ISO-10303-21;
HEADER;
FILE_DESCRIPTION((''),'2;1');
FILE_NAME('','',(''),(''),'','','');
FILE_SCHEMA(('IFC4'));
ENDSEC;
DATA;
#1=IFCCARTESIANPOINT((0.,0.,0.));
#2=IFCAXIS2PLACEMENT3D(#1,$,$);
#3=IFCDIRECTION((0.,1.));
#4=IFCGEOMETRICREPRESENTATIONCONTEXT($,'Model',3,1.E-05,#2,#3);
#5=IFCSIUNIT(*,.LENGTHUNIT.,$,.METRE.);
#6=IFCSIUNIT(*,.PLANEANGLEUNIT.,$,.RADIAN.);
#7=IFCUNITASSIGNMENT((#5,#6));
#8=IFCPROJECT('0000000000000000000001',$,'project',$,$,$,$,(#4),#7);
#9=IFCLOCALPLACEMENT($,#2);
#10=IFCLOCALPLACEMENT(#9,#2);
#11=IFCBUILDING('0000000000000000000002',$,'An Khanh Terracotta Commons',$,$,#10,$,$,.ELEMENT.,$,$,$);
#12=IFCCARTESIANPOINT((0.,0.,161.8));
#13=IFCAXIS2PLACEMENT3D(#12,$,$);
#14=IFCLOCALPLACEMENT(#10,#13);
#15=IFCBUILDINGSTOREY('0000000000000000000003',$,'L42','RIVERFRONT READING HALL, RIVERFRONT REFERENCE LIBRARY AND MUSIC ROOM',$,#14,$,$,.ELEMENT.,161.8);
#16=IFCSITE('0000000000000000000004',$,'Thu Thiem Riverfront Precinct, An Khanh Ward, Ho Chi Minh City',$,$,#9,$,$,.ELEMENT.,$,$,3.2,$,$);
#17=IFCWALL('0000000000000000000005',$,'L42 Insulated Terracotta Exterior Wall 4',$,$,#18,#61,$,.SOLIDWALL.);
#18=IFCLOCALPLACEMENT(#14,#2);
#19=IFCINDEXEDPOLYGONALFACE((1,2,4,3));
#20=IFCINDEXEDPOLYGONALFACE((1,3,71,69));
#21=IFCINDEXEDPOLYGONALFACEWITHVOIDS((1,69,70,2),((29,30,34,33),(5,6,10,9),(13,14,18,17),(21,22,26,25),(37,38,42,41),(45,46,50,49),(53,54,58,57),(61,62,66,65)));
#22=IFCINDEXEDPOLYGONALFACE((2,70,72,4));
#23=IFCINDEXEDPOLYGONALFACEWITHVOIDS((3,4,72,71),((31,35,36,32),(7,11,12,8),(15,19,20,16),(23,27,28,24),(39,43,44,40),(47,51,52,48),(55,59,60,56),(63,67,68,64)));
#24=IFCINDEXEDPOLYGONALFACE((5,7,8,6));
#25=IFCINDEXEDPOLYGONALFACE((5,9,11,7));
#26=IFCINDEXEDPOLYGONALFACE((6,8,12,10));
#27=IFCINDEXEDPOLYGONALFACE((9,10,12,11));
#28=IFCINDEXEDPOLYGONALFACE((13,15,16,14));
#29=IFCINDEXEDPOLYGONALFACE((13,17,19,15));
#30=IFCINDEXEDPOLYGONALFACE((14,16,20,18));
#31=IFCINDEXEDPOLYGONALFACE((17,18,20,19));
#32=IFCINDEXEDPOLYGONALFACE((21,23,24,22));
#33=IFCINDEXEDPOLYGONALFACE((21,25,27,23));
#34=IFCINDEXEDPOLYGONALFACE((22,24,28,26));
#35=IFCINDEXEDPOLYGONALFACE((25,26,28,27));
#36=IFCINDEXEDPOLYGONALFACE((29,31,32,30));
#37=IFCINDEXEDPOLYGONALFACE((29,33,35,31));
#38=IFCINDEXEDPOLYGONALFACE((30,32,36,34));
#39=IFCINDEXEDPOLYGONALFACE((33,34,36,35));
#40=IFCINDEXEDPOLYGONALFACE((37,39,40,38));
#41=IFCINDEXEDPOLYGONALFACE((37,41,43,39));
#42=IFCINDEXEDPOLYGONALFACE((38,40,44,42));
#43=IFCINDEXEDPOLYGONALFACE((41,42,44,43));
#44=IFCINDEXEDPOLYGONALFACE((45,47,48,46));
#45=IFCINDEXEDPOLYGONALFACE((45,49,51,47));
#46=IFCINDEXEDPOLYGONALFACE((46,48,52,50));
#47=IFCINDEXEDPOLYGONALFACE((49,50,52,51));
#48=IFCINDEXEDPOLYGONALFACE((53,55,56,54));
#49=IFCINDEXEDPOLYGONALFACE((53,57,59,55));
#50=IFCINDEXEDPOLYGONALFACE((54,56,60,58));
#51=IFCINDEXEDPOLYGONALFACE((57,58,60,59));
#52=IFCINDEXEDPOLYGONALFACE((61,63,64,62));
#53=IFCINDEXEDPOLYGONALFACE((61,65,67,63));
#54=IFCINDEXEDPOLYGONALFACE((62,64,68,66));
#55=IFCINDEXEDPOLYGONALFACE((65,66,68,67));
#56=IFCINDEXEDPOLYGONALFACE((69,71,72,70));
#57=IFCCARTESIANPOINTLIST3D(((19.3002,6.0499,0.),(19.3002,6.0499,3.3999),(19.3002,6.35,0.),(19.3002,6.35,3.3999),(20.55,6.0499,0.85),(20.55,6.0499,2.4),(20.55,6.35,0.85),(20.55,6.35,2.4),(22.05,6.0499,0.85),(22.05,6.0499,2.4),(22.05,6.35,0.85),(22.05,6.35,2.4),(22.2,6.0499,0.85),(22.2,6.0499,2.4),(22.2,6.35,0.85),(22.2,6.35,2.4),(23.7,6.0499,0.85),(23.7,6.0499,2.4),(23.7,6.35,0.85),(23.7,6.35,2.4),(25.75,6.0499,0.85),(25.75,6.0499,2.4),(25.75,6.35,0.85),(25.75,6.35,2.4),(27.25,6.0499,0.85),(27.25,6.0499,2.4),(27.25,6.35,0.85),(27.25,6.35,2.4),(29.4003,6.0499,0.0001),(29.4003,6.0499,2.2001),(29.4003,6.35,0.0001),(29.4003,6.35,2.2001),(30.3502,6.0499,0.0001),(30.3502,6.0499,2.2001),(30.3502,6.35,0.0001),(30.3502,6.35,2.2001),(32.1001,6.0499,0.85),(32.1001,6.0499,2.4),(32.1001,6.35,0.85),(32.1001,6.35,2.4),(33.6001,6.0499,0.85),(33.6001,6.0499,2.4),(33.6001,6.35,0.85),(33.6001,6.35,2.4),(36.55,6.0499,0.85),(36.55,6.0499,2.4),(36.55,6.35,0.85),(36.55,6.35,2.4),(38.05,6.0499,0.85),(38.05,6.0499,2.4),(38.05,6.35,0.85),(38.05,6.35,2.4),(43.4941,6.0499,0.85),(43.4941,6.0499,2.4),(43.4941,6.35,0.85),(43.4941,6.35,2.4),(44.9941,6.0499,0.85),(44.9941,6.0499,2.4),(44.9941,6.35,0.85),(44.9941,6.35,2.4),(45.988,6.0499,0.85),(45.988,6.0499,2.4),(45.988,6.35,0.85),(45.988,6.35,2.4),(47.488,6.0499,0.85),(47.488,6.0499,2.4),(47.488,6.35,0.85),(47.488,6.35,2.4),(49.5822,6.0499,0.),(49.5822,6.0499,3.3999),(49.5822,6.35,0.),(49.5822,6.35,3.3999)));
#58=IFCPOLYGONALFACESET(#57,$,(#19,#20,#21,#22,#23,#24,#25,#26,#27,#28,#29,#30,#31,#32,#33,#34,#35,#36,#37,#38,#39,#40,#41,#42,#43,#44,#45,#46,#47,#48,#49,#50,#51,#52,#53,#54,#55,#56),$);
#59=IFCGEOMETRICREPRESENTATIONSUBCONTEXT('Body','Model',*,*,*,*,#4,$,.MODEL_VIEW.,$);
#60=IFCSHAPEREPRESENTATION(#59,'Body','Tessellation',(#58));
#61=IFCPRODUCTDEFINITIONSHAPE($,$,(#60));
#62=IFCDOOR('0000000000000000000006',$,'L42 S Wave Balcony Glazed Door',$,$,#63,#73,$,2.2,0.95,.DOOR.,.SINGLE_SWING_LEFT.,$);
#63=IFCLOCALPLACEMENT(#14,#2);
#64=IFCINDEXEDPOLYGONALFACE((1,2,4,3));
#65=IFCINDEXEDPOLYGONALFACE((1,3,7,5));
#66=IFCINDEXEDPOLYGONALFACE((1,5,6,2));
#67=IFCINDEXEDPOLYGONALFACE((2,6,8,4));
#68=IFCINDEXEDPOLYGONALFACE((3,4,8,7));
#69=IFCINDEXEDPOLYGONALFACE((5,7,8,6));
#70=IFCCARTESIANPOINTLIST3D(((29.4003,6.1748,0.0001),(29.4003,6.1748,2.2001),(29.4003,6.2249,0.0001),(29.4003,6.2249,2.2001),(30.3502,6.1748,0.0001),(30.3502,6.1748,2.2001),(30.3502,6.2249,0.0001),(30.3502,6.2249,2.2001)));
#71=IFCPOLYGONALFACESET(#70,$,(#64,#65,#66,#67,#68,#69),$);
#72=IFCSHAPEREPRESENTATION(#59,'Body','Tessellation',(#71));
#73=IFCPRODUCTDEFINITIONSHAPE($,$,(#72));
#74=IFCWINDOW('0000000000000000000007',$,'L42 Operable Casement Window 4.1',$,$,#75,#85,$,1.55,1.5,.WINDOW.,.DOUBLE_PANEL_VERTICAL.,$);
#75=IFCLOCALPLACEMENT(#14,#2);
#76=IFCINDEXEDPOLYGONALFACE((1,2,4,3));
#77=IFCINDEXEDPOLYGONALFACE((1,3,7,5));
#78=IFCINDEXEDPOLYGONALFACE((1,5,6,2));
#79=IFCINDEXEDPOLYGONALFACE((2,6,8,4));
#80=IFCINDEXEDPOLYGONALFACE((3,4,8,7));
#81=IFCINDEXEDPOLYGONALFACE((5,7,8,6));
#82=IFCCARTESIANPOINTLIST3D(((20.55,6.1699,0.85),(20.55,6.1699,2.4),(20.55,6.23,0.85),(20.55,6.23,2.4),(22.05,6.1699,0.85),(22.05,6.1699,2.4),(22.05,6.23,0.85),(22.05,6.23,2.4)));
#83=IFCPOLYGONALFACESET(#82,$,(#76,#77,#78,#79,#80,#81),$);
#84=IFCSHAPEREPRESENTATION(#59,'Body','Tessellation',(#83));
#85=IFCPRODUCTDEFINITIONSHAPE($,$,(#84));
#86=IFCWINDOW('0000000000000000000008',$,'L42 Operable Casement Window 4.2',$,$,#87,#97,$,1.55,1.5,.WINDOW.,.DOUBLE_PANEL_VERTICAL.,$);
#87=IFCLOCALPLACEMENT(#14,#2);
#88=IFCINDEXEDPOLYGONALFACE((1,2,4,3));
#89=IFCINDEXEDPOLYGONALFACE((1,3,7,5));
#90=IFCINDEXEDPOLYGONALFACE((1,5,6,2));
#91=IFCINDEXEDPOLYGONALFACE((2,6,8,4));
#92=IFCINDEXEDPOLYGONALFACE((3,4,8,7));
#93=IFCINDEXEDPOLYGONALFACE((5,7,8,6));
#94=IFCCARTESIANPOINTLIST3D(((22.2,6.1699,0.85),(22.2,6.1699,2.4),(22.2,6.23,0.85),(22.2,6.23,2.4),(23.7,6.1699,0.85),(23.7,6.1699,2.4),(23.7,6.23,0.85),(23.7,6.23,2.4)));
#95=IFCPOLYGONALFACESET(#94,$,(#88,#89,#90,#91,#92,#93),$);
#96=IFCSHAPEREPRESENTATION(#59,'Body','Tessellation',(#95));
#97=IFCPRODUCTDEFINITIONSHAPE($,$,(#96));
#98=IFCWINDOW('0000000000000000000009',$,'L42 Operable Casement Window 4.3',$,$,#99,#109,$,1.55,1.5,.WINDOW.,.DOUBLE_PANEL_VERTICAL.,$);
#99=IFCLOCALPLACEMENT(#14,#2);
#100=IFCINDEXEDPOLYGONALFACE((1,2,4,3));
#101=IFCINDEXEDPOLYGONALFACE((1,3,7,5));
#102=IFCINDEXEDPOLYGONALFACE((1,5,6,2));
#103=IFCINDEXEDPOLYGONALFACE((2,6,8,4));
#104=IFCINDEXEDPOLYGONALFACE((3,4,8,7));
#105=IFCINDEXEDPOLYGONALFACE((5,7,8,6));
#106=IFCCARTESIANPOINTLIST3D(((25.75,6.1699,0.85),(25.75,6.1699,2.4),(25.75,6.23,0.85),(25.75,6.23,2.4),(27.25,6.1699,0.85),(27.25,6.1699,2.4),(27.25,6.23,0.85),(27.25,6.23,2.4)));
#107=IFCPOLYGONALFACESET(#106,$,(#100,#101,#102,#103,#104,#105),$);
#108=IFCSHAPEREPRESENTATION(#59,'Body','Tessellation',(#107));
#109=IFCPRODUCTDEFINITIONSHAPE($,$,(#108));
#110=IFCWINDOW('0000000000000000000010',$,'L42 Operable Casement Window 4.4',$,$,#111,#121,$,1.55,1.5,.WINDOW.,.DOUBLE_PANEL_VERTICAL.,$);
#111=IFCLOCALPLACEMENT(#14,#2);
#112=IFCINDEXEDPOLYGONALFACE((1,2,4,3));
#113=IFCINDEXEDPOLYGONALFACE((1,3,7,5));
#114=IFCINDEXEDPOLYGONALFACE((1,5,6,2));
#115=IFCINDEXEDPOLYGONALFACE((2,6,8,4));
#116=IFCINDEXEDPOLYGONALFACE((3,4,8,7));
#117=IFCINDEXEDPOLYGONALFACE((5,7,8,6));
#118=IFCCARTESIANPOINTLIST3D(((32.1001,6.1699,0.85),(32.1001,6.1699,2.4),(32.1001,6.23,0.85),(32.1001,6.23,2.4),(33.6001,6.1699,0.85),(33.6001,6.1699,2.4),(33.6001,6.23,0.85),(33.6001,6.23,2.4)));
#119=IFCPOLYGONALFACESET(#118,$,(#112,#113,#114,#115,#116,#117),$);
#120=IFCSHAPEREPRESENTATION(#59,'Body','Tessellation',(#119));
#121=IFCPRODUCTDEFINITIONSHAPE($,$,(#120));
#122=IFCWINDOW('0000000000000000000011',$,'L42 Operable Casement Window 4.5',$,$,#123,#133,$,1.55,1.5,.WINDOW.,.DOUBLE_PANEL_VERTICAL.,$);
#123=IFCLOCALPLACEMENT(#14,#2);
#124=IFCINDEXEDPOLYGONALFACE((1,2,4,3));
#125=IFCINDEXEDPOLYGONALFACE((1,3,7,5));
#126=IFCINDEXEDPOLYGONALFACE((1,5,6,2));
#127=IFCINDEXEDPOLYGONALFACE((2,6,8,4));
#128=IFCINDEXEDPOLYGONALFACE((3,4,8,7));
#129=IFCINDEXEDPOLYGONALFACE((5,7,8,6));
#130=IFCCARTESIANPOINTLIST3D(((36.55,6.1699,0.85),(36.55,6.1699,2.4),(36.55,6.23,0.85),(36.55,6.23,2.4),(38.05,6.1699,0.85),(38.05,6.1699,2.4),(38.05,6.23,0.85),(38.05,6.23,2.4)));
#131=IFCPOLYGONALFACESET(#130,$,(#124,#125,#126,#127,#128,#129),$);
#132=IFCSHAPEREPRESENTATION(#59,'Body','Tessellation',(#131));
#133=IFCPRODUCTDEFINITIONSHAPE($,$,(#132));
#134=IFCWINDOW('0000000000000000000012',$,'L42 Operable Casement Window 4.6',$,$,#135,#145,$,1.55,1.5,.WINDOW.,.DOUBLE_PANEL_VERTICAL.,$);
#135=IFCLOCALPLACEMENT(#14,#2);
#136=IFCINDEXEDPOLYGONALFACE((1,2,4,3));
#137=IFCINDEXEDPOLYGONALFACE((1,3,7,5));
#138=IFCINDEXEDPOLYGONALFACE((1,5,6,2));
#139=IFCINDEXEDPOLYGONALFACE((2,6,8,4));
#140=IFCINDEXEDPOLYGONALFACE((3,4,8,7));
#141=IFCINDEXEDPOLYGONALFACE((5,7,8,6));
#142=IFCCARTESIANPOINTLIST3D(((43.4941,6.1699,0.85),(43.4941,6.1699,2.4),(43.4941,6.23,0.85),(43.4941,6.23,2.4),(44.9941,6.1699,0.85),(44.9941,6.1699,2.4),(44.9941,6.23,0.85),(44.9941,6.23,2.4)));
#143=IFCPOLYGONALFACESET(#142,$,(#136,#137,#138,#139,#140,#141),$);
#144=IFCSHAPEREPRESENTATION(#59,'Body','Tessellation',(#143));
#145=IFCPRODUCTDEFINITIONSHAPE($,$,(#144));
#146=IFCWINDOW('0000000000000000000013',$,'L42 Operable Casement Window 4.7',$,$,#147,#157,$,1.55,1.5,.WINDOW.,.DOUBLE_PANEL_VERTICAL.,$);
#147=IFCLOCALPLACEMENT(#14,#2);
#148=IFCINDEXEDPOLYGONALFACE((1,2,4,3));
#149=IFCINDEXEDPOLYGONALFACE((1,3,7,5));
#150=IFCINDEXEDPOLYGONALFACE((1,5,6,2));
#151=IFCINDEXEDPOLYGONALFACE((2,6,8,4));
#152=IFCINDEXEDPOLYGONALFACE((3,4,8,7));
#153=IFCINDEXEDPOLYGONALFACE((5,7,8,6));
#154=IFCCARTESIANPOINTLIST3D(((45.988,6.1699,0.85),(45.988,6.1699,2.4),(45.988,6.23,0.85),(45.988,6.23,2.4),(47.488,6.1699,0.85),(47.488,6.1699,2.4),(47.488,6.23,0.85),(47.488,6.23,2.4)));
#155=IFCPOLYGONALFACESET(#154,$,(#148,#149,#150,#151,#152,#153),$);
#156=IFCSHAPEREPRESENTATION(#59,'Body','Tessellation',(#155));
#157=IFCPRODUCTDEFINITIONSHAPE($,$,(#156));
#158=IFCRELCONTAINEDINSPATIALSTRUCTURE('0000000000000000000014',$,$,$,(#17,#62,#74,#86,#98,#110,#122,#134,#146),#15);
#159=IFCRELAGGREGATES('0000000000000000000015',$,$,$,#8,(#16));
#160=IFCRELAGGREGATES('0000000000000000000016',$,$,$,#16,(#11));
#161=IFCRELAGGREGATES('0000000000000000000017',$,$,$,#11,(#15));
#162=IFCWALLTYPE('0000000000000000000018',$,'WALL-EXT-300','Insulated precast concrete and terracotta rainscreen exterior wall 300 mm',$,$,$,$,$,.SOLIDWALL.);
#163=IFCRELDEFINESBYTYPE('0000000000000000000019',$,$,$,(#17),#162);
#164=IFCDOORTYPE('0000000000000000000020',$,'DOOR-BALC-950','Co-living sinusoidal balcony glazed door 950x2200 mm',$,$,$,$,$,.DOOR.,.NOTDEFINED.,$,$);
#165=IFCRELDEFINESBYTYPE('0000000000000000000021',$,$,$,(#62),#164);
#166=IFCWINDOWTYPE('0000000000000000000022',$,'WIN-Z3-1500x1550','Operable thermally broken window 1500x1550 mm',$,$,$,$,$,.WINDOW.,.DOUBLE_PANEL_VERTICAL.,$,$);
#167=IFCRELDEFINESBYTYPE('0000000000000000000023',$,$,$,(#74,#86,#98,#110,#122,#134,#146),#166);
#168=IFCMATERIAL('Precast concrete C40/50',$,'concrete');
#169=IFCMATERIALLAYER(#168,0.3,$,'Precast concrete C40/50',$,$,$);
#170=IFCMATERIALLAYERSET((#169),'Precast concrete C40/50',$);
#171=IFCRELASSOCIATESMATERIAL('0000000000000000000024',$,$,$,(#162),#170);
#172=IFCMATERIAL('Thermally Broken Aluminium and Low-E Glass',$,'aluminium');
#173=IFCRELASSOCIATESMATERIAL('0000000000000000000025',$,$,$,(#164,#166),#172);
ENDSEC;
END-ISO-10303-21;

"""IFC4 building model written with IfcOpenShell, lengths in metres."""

from ifc_helpers import new_model, si_unit, direction, frame, frame_2d, origin, place, context, subcontext, project, spatial, rectangle, extrude, material, layer, layer_set, type_object, element, fill, save


model = new_model("IFC4")

# Units and contexts
model_context = context("Model", 3, precision=1e-05, world=origin(), true_north=direction((0.0, 1.0)))
body_context = subcontext(model_context, "Body", "Model", "MODEL_VIEW")
ifc_project = project(units=[si_unit("LENGTHUNIT", "METRE"), si_unit("PLANEANGLEUNIT", "RADIAN")], contexts=[model_context])

# Site, building, storey
site_placement = place(None, origin())
site = spatial("IfcSite", under=ifc_project, at=site_placement, Name="Thu Thiem Riverfront Precinct, An Khanh Ward, Ho Chi Minh City", CompositionType="ELEMENT", RefElevation=3.2)
building_placement = place(site_placement, origin())
building = spatial("IfcBuilding", under=site, at=building_placement, Name="An Khanh Terracotta Commons", CompositionType="ELEMENT")
storey_placement = place(building_placement, frame((0.0, 0.0, 161.8)))
storey = spatial("IfcBuildingStorey", under=building, at=storey_placement, Name="L42", Description="RIVERFRONT READING HALL, RIVERFRONT REFERENCE LIBRARY AND MUSIC ROOM", CompositionType="ELEMENT", Elevation=161.8)

# Shared definitions
ifc_material_1 = material(Name="Precast concrete C40/50", Category="concrete")
ifc_layer_1 = layer(ifc_material_1, 0.3, Name="Precast concrete C40/50")
ifc_layer_set_1 = layer_set([ifc_layer_1], Name="Precast concrete C40/50")
wall_type_1 = type_object("IfcWallType", Name="WALL-EXT-300", Description="Insulated precast concrete and terracotta rainscreen exterior wall 300 mm", PredefinedType="SOLIDWALL", material=ifc_layer_set_1)

# Wall, openings, door, windows
wall_1_placement = place(storey_placement, frame((19.3, 6.2, 0.0), z_axis=(0.0, 0.0, 1.0), x_axis=(1.0, 0.0, 0.0)))
wall_1 = element("IfcWall", 1, at=wall_1_placement, inside=storey, type_object=wall_type_1, Name="L42 Insulated Terracotta Exterior Wall 4", PredefinedType="SOLIDWALL", context=body_context, shape_type="SweptSolid", body=[
    extrude(rectangle(XDim=30.282, YDim=0.3, at=frame_2d((15.1411, 0.0))), origin(), (0.0, 0.0, 1.0), 3.3999),
])
opening_1_placement = place(wall_1_placement, frame((10.1001, 0.0, 0.0)))
opening_1 = element("IfcOpeningElement", 2, at=opening_1_placement, cuts=wall_1, PredefinedType="OPENING", context=body_context, shape_type="SweptSolid", body=[
    extrude(rectangle(XDim=0.95, YDim=2.2, at=frame_2d((0.4751, 1.1001))), frame((0.0, 0.1599, 0.0), z_axis=(0.0, -1.0, 0.0), x_axis=(1.0, 0.0, 0.0)), (0.0, 0.0, 1.0), 0.3201),
])
opening_2_placement = place(wall_1_placement, frame((1.25, 0.0, 0.8501)))
opening_2 = element("IfcOpeningElement", 3, at=opening_2_placement, cuts=wall_1, PredefinedType="OPENING", context=body_context, shape_type="SweptSolid", body=[
    extrude(rectangle(XDim=1.5, YDim=1.55, at=frame_2d((0.75, 0.7749))), frame((0.0, 0.1599, 0.0), z_axis=(0.0, -1.0, 0.0), x_axis=(1.0, 0.0, 0.0)), (0.0, 0.0, 1.0), 0.3201),
])
opening_3_placement = place(wall_1_placement, frame((2.8999, 0.0, 0.8501)))
opening_3 = element("IfcOpeningElement", 4, at=opening_3_placement, cuts=wall_1, PredefinedType="OPENING", context=body_context, shape_type="SweptSolid", body=[
    extrude(rectangle(XDim=1.5, YDim=1.55, at=frame_2d((0.75, 0.7749))), frame((0.0, 0.1599, 0.0), z_axis=(0.0, -1.0, 0.0), x_axis=(1.0, 0.0, 0.0)), (0.0, 0.0, 1.0), 0.3201),
])
opening_4_placement = place(wall_1_placement, frame((6.45, 0.0, 0.8501)))
opening_4 = element("IfcOpeningElement", 5, at=opening_4_placement, cuts=wall_1, PredefinedType="OPENING", context=body_context, shape_type="SweptSolid", body=[
    extrude(rectangle(XDim=1.5, YDim=1.55, at=frame_2d((0.75, 0.7749))), frame((0.0, 0.1599, 0.0), z_axis=(0.0, -1.0, 0.0), x_axis=(1.0, 0.0, 0.0)), (0.0, 0.0, 1.0), 0.3201),
])
opening_5_placement = place(wall_1_placement, frame((12.8, 0.0, 0.8501)))
opening_5 = element("IfcOpeningElement", 6, at=opening_5_placement, cuts=wall_1, PredefinedType="OPENING", context=body_context, shape_type="SweptSolid", body=[
    extrude(rectangle(XDim=1.5, YDim=1.55, at=frame_2d((0.75, 0.7749))), frame((0.0, 0.1599, 0.0), z_axis=(0.0, -1.0, 0.0), x_axis=(1.0, 0.0, 0.0)), (0.0, 0.0, 1.0), 0.3201),
])
opening_6_placement = place(wall_1_placement, frame((17.25, 0.0, 0.8501)))
opening_6 = element("IfcOpeningElement", 7, at=opening_6_placement, cuts=wall_1, PredefinedType="OPENING", context=body_context, shape_type="SweptSolid", body=[
    extrude(rectangle(XDim=1.5, YDim=1.55, at=frame_2d((0.75, 0.7749))), frame((0.0, 0.1599, 0.0), z_axis=(0.0, -1.0, 0.0), x_axis=(1.0, 0.0, 0.0)), (0.0, 0.0, 1.0), 0.3201),
])
opening_7_placement = place(wall_1_placement, frame((24.1941, 0.0, 0.8501)))
opening_7 = element("IfcOpeningElement", 8, at=opening_7_placement, cuts=wall_1, PredefinedType="OPENING", context=body_context, shape_type="SweptSolid", body=[
    extrude(rectangle(XDim=1.5, YDim=1.55, at=frame_2d((0.75, 0.7749))), frame((0.0, 0.1599, 0.0), z_axis=(0.0, -1.0, 0.0), x_axis=(1.0, 0.0, 0.0)), (0.0, 0.0, 1.0), 0.3201),
])
opening_8_placement = place(wall_1_placement, frame((26.688, 0.0, 0.8501)))
opening_8 = element("IfcOpeningElement", 9, at=opening_8_placement, cuts=wall_1, PredefinedType="OPENING", context=body_context, shape_type="SweptSolid", body=[
    extrude(rectangle(XDim=1.5, YDim=1.55, at=frame_2d((0.75, 0.7749))), frame((0.0, 0.1599, 0.0), z_axis=(0.0, -1.0, 0.0), x_axis=(1.0, 0.0, 0.0)), (0.0, 0.0, 1.0), 0.3201),
])
ifc_material_2 = material(Name="Thermally Broken Aluminium and Low-E Glass", Category="aluminium")
door_type = type_object("IfcDoorType", Name="DOOR-BALC-950", Description="Co-living sinusoidal balcony glazed door 950x2200 mm", OperationType="NOTDEFINED", PredefinedType="DOOR", material=ifc_material_2)
door_placement = place(opening_1_placement, origin())
door = element("IfcDoor", 10, at=door_placement, inside=storey, type_object=door_type, Name="L42 S Wave Balcony Glazed Door", OperationType="SINGLE_SWING_LEFT", OverallHeight=2.2, OverallWidth=0.95, PredefinedType="DOOR", context=body_context, shape_type="SweptSolid", body=[
    extrude(rectangle(XDim=0.95, YDim=2.2, at=frame_2d((0.4751, 1.1001))), frame((0.0, 0.0249, 0.0), z_axis=(0.0, -1.0, 0.0), x_axis=(1.0, 0.0, 0.0)), (0.0, 0.0, 1.0), 0.05),
])
fill(opening_1, door)
window_type = type_object("IfcWindowType", Name="WIN-Z3-1500x1550", Description="Operable thermally broken window 1500x1550 mm", PartitioningType="DOUBLE_PANEL_VERTICAL", PredefinedType="WINDOW", material=ifc_material_2)
window_1_placement = place(opening_2_placement, origin())
window_1 = element("IfcWindow", 11, at=window_1_placement, inside=storey, type_object=window_type, Name="L42 Operable Casement Window 4.1", OverallHeight=1.55, OverallWidth=1.5, PartitioningType="DOUBLE_PANEL_VERTICAL", PredefinedType="WINDOW", context=body_context, shape_type="SweptSolid", body=[
    extrude(rectangle(XDim=1.5, YDim=1.55, at=frame_2d((0.75, 0.7749))), frame((0.0, 0.03, 0.0), z_axis=(0.0, -1.0, 0.0), x_axis=(1.0, 0.0, 0.0)), (0.0, 0.0, 1.0), 0.0601),
])
fill(opening_2, window_1)
window_2_placement = place(opening_3_placement, origin())
window_2 = element("IfcWindow", 12, at=window_2_placement, inside=storey, type_object=window_type, Name="L42 Operable Casement Window 4.2", OverallHeight=1.55, OverallWidth=1.5, PartitioningType="DOUBLE_PANEL_VERTICAL", PredefinedType="WINDOW", context=body_context, shape_type="SweptSolid", body=[
    extrude(rectangle(XDim=1.5, YDim=1.55, at=frame_2d((0.75, 0.7749))), frame((0.0, 0.03, 0.0), z_axis=(0.0, -1.0, 0.0), x_axis=(1.0, 0.0, 0.0)), (0.0, 0.0, 1.0), 0.0601),
])
fill(opening_3, window_2)
window_3_placement = place(opening_4_placement, origin())
window_3 = element("IfcWindow", 13, at=window_3_placement, inside=storey, type_object=window_type, Name="L42 Operable Casement Window 4.3", OverallHeight=1.55, OverallWidth=1.5, PartitioningType="DOUBLE_PANEL_VERTICAL", PredefinedType="WINDOW", context=body_context, shape_type="SweptSolid", body=[
    extrude(rectangle(XDim=1.5, YDim=1.55, at=frame_2d((0.75, 0.7749))), frame((0.0, 0.03, 0.0), z_axis=(0.0, -1.0, 0.0), x_axis=(1.0, 0.0, 0.0)), (0.0, 0.0, 1.0), 0.0601),
])
fill(opening_4, window_3)
window_4_placement = place(opening_5_placement, origin())
window_4 = element("IfcWindow", 14, at=window_4_placement, inside=storey, type_object=window_type, Name="L42 Operable Casement Window 4.4", OverallHeight=1.55, OverallWidth=1.5, PartitioningType="DOUBLE_PANEL_VERTICAL", PredefinedType="WINDOW", context=body_context, shape_type="SweptSolid", body=[
    extrude(rectangle(XDim=1.5, YDim=1.55, at=frame_2d((0.75, 0.7749))), frame((0.0, 0.03, 0.0), z_axis=(0.0, -1.0, 0.0), x_axis=(1.0, 0.0, 0.0)), (0.0, 0.0, 1.0), 0.0601),
])
fill(opening_5, window_4)
window_5_placement = place(opening_6_placement, origin())
window_5 = element("IfcWindow", 15, at=window_5_placement, inside=storey, type_object=window_type, Name="L42 Operable Casement Window 4.5", OverallHeight=1.55, OverallWidth=1.5, PartitioningType="DOUBLE_PANEL_VERTICAL", PredefinedType="WINDOW", context=body_context, shape_type="SweptSolid", body=[
    extrude(rectangle(XDim=1.5, YDim=1.55, at=frame_2d((0.75, 0.7749))), frame((0.0, 0.03, 0.0), z_axis=(0.0, -1.0, 0.0), x_axis=(1.0, 0.0, 0.0)), (0.0, 0.0, 1.0), 0.0601),
])
fill(opening_6, window_5)
window_6_placement = place(opening_7_placement, origin())
window_6 = element("IfcWindow", 16, at=window_6_placement, inside=storey, type_object=window_type, Name="L42 Operable Casement Window 4.6", OverallHeight=1.55, OverallWidth=1.5, PartitioningType="DOUBLE_PANEL_VERTICAL", PredefinedType="WINDOW", context=body_context, shape_type="SweptSolid", body=[
    extrude(rectangle(XDim=1.5, YDim=1.55, at=frame_2d((0.75, 0.7749))), frame((0.0, 0.03, 0.0), z_axis=(0.0, -1.0, 0.0), x_axis=(1.0, 0.0, 0.0)), (0.0, 0.0, 1.0), 0.0601),
])
fill(opening_7, window_6)
window_7_placement = place(opening_8_placement, origin())
window_7 = element("IfcWindow", 17, at=window_7_placement, inside=storey, type_object=window_type, Name="L42 Operable Casement Window 4.7", OverallHeight=1.55, OverallWidth=1.5, PartitioningType="DOUBLE_PANEL_VERTICAL", PredefinedType="WINDOW", context=body_context, shape_type="SweptSolid", body=[
    extrude(rectangle(XDim=1.5, YDim=1.55, at=frame_2d((0.75, 0.7749))), frame((0.0, 0.03, 0.0), z_axis=(0.0, -1.0, 0.0), x_axis=(1.0, 0.0, 0.0)), (0.0, 0.0, 1.0), 0.0601),
])
fill(opening_8, window_7)

save(model, "model.ifc")
